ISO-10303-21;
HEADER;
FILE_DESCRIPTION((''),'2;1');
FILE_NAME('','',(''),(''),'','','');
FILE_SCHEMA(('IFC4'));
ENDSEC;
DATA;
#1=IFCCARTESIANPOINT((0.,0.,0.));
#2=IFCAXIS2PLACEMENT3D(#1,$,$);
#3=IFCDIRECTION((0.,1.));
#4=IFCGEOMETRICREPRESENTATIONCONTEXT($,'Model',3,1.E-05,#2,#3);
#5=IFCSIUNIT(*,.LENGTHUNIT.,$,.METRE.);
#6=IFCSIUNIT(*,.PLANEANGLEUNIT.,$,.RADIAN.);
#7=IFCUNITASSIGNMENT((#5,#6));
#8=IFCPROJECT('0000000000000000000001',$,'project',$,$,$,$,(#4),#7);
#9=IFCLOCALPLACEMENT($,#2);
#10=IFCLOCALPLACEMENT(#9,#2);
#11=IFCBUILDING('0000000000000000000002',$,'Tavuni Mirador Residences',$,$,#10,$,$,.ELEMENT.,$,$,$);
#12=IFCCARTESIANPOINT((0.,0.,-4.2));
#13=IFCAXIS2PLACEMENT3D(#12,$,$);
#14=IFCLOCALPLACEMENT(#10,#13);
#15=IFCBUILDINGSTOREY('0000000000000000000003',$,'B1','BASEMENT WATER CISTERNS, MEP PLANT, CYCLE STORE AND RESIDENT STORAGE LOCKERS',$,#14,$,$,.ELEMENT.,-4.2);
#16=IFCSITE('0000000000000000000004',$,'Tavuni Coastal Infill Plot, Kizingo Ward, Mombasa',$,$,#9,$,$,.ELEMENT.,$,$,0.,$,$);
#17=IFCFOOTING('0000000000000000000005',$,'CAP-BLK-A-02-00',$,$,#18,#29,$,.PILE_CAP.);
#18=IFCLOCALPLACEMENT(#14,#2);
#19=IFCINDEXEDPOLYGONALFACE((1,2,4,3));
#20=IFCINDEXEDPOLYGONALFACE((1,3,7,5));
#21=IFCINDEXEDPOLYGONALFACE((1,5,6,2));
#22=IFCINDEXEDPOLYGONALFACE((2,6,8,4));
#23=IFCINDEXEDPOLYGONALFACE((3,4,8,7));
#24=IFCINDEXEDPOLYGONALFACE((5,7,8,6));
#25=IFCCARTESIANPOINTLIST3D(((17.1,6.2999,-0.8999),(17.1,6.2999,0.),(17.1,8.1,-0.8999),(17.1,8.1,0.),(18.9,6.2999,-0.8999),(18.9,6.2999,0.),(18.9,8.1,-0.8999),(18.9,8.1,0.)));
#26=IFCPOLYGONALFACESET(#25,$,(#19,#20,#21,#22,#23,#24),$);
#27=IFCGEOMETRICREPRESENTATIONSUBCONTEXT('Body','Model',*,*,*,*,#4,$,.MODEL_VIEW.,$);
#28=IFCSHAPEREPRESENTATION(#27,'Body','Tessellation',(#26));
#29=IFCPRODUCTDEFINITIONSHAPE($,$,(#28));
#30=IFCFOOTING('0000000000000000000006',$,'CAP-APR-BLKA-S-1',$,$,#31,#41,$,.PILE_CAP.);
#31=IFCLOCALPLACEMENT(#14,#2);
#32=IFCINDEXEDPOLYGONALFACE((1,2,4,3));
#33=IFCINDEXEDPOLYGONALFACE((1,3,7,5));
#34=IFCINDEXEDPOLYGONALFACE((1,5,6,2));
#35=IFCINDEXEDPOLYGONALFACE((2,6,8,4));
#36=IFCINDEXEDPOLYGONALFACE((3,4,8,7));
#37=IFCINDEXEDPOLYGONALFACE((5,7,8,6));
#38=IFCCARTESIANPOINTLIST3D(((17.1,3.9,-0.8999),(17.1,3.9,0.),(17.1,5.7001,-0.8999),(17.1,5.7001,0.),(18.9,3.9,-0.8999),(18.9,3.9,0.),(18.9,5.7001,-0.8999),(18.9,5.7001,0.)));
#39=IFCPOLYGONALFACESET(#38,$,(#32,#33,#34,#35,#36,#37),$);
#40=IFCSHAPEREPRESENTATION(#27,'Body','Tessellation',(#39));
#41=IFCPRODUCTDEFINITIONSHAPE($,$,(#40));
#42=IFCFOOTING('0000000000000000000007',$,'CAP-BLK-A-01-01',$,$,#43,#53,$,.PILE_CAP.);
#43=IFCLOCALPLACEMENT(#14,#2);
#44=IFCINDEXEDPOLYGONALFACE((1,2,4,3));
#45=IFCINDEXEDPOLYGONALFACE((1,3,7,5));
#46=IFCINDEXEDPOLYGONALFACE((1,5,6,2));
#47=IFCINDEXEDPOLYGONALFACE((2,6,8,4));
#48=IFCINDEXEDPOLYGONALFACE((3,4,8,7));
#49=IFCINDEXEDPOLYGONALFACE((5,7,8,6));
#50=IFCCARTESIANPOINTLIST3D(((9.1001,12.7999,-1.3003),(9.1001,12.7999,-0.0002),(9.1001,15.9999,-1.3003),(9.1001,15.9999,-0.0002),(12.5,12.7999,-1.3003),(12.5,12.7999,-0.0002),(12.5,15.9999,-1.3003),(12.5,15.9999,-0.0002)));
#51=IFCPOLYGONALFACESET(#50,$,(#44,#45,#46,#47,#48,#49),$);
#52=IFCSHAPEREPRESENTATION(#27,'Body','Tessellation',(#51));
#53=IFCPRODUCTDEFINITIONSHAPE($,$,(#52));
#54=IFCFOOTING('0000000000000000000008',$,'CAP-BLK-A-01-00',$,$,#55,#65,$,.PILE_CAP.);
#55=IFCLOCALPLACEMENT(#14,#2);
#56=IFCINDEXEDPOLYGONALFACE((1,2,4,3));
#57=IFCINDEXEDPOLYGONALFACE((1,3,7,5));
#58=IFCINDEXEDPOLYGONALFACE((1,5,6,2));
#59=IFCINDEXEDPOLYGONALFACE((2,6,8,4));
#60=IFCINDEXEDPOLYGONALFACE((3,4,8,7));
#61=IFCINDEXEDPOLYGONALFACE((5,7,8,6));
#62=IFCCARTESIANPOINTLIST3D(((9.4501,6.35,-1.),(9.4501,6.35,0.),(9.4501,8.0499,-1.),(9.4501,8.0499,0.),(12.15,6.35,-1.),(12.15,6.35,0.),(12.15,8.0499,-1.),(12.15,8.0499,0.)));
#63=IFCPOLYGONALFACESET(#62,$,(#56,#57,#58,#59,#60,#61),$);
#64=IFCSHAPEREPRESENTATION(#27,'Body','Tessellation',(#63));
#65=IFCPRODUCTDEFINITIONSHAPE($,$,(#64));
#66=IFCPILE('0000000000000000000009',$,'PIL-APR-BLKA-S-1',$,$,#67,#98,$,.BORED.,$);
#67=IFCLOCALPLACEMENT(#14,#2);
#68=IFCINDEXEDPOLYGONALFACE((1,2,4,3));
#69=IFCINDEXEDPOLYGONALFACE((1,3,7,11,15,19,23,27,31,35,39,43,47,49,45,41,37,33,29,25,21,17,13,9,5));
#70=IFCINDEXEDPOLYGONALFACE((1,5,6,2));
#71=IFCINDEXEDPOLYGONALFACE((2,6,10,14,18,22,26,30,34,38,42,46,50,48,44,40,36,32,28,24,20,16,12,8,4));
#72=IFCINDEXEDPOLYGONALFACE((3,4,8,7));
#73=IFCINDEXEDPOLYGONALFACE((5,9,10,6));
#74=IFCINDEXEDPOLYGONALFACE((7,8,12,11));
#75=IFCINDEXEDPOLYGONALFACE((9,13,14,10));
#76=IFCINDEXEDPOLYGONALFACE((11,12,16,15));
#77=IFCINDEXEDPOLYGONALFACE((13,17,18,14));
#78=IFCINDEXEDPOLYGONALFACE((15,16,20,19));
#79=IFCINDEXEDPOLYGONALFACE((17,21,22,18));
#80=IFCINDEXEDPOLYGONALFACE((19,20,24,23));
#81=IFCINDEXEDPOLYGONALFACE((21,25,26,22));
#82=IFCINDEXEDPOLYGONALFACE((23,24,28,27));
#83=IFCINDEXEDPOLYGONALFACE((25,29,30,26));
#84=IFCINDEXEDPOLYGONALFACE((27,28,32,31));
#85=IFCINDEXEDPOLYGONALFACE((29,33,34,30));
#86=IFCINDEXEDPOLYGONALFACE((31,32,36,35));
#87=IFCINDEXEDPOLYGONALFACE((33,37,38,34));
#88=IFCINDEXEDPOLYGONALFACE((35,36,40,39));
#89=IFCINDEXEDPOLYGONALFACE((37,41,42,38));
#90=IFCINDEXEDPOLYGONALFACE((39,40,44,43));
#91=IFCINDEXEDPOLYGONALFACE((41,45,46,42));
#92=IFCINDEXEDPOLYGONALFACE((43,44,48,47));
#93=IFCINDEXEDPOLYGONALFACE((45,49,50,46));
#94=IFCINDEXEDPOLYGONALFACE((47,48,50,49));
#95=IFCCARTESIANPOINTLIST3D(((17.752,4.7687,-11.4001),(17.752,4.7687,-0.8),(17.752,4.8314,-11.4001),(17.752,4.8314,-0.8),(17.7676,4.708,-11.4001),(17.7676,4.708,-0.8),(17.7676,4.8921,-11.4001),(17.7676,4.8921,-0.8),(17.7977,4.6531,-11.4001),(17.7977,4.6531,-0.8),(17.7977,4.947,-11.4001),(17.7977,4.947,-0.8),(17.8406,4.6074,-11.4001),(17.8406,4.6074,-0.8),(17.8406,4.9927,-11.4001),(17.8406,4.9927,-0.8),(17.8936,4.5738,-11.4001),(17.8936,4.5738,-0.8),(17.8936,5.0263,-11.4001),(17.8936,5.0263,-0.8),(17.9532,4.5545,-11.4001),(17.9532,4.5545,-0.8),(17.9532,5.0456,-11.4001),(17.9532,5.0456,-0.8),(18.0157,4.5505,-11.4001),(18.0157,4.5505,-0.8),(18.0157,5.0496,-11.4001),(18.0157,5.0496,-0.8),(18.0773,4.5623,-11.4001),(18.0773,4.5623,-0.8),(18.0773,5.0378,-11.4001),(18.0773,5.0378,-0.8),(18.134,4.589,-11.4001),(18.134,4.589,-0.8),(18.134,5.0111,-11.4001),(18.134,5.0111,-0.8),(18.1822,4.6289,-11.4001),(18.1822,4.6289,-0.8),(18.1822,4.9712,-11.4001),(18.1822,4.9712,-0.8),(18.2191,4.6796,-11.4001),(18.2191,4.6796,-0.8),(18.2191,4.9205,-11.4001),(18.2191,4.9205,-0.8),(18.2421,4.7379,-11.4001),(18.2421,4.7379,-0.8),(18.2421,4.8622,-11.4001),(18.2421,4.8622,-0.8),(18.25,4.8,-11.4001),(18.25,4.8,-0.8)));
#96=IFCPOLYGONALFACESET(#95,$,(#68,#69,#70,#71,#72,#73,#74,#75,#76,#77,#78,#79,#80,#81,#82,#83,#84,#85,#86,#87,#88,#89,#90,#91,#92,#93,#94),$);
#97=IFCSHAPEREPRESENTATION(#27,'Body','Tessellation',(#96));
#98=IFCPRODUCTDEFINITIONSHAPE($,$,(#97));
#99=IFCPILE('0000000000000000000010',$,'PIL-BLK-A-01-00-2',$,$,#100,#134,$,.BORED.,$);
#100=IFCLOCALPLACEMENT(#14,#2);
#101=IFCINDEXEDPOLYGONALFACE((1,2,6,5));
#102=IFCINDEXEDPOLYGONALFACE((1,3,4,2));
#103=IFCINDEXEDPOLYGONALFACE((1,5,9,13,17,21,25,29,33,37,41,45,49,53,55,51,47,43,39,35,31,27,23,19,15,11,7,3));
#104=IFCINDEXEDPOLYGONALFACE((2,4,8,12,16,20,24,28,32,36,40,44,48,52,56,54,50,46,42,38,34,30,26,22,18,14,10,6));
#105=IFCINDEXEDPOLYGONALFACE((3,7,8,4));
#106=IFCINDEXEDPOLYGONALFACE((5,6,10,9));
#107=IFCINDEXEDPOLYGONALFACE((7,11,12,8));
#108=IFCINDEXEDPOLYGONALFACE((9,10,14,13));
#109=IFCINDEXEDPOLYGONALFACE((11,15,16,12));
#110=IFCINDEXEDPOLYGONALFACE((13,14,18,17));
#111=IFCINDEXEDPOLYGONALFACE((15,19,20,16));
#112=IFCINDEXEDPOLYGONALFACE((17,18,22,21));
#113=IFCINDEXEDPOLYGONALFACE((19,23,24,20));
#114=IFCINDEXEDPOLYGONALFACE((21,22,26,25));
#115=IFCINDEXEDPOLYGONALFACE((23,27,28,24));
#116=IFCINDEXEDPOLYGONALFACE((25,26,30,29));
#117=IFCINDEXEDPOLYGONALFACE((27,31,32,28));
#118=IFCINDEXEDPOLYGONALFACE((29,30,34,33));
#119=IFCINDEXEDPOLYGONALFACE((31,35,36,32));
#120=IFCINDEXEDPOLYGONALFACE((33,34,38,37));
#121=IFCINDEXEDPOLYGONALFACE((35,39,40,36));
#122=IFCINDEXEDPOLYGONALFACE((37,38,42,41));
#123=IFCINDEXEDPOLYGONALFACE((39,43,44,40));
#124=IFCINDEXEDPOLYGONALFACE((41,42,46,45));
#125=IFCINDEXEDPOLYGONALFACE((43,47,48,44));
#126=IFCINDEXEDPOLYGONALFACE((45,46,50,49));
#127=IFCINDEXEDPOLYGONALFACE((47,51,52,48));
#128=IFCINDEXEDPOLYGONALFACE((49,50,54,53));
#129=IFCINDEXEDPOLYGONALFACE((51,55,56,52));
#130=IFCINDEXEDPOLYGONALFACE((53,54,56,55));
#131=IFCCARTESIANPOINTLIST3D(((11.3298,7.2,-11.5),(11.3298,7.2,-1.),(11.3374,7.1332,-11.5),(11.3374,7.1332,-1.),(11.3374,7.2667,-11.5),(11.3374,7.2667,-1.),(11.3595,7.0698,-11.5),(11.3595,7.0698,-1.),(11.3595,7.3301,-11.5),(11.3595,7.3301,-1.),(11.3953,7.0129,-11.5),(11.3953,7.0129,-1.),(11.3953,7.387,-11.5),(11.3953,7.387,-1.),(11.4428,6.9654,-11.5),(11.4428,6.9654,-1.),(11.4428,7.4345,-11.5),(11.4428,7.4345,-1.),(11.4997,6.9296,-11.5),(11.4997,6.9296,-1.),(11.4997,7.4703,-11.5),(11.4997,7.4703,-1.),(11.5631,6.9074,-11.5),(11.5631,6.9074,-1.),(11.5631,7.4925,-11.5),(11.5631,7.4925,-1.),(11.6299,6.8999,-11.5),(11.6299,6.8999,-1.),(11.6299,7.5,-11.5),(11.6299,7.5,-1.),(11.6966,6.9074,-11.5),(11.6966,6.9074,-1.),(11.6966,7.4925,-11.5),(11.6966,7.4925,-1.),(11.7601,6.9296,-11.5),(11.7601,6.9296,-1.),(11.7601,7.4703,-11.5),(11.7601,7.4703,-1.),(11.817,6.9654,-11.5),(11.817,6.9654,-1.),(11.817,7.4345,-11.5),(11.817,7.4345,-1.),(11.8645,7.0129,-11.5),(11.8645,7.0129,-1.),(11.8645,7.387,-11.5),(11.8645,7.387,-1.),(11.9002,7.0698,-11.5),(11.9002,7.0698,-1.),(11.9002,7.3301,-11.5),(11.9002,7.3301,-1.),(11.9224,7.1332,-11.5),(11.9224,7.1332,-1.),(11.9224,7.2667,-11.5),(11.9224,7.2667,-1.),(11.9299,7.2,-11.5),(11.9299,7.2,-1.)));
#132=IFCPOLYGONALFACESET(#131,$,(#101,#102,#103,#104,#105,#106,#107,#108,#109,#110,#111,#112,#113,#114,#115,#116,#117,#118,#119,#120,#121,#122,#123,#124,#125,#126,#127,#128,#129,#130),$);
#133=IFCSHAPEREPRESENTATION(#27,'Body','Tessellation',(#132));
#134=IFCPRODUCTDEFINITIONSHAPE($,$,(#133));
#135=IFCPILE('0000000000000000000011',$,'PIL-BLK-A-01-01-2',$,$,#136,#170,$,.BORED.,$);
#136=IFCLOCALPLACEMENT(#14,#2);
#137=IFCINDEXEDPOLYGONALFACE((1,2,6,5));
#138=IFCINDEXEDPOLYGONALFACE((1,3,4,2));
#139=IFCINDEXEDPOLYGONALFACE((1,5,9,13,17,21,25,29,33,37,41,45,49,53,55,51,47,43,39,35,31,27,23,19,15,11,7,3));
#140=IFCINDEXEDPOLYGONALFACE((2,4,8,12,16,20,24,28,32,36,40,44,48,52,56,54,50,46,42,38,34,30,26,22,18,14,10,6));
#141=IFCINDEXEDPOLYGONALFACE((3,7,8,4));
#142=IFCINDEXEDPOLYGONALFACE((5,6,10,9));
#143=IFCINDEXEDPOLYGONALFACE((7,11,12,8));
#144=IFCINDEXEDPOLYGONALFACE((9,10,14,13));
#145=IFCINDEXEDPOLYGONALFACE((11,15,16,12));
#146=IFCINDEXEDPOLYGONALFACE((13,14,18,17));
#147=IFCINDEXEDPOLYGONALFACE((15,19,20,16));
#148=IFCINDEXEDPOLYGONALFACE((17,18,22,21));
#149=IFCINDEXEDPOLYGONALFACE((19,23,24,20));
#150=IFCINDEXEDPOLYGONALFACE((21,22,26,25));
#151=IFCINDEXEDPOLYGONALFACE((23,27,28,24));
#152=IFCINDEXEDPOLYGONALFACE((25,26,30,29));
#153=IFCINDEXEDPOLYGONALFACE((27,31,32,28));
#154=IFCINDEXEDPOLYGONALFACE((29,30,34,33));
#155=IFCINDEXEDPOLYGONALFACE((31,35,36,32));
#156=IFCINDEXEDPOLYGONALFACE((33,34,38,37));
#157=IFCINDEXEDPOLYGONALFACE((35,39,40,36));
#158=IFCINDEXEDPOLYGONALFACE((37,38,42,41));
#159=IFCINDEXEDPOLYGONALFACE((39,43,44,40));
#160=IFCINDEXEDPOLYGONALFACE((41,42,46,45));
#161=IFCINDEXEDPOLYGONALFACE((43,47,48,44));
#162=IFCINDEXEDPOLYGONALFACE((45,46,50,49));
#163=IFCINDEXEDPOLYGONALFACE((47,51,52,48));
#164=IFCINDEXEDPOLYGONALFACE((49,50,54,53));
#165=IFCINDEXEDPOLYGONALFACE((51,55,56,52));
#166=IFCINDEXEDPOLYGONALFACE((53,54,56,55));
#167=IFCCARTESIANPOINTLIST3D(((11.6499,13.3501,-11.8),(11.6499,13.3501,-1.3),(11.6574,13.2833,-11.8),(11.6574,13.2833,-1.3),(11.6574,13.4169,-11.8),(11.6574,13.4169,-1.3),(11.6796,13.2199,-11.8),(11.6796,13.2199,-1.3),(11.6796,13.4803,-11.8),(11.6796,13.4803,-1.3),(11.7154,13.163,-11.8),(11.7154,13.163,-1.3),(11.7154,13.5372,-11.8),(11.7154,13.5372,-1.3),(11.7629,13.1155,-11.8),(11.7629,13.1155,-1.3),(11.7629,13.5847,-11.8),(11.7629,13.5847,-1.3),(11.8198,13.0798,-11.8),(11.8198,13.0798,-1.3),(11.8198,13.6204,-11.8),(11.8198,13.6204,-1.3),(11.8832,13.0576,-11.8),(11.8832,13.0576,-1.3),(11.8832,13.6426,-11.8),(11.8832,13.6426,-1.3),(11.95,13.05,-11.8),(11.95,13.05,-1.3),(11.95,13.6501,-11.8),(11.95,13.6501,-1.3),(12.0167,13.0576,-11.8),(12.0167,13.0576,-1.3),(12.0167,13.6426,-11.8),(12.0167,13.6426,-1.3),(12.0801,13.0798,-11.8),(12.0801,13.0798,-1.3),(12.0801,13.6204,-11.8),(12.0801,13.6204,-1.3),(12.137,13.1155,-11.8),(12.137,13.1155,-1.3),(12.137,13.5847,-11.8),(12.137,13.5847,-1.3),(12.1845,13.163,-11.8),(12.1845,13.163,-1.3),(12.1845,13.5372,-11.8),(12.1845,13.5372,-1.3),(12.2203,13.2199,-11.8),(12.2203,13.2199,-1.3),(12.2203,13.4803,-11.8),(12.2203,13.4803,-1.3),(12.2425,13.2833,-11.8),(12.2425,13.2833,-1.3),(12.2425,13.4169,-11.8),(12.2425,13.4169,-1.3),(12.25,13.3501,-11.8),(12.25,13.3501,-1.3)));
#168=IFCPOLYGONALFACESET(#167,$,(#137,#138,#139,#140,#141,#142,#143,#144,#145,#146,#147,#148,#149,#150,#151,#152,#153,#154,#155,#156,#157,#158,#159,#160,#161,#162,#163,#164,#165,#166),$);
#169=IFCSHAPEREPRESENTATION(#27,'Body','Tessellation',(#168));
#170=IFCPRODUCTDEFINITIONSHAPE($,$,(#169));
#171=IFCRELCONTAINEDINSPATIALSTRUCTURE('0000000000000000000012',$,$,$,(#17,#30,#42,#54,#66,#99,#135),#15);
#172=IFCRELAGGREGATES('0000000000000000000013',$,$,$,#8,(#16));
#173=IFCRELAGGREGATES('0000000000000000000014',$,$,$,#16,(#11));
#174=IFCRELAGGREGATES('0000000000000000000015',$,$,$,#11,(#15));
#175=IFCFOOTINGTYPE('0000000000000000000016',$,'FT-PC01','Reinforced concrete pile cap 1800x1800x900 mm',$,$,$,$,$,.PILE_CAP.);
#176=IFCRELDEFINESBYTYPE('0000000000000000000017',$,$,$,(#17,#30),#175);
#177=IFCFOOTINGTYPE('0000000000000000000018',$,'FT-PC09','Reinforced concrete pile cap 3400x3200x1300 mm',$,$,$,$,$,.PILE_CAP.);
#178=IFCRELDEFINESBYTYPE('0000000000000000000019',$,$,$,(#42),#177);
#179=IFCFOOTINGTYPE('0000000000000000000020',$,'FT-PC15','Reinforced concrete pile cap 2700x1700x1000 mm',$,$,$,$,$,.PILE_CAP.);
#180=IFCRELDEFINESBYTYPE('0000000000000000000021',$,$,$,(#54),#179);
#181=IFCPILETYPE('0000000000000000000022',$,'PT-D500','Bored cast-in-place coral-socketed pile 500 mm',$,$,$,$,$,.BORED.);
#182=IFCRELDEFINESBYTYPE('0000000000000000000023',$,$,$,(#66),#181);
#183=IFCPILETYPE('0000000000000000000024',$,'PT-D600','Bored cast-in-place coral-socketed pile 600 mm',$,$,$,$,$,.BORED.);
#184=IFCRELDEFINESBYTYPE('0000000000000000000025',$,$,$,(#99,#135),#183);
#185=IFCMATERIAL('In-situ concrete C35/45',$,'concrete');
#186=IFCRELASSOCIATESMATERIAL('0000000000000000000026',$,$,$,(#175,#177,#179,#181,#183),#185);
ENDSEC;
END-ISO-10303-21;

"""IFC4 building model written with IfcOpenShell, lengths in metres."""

from ifc_helpers import new_model, si_unit, direction, frame, origin, origin_2d, place, context, subcontext, project, spatial, rectangle, circle, extrude, material, material_profile, profile_set, type_object, element, save


model = new_model("IFC4")

# Units and contexts
model_context = context("Model", 3, precision=1e-05, world=origin(), true_north=direction((0.0, 1.0)))
body_context = subcontext(model_context, "Body", "Model", "MODEL_VIEW")
ifc_project = project(units=[si_unit("LENGTHUNIT", "METRE"), si_unit("PLANEANGLEUNIT", "RADIAN")], contexts=[model_context])

# Site, building, storey
site_placement = place(None, origin())
site = spatial("IfcSite", under=ifc_project, at=site_placement, Name="Tavuni Coastal Infill Plot, Kizingo Ward, Mombasa", CompositionType="ELEMENT", RefElevation=0.0)
building_placement = place(site_placement, origin())
building = spatial("IfcBuilding", under=site, at=building_placement, Name="Tavuni Mirador Residences", CompositionType="ELEMENT")
storey_placement = place(building_placement, frame((0.0, 0.0, -4.2)))
storey = spatial("IfcBuildingStorey", under=building, at=storey_placement, Name="B1", Description="BASEMENT WATER CISTERNS, MEP PLANT, CYCLE STORE AND RESIDENT STORAGE LOCKERS", CompositionType="ELEMENT", Elevation=-4.2)

# Footings
ifc_material_1 = material(Name="In-situ concrete C35/45", Category="concrete")
footing_type_1 = type_object("IfcFootingType", Name="FT-PC01", Description="Reinforced concrete pile cap 1800x1800x900 mm", PredefinedType="PILE_CAP", material=ifc_material_1)
for number, where, z_axis, x_axis, name in (
    (1, (18.0, 7.2, -0.8999), (0.0, 0.0, 1.0), (1.0, 0.0, 0.0), "CAP-BLK-A-02-00"),
    (2, (18.0, 4.8, -0.8999), (0.0, 0.0, 1.0), (1.0, 0.0, 0.0), "CAP-APR-BLKA-S-1"),
):
    element("IfcFooting", number, at=place(storey_placement, frame(where, z_axis=z_axis, x_axis=x_axis)), inside=storey, type_object=footing_type_1, Name=name, PredefinedType="PILE_CAP", context=body_context, shape_type="SweptSolid", body=[
        extrude(rectangle(XDim=1.8, YDim=1.8, at=origin_2d()), origin(), (0.0, 0.0, 1.0), 0.8999),
    ])
footing_type_2 = type_object("IfcFootingType", Name="FT-PC09", Description="Reinforced concrete pile cap 3400x3200x1300 mm", PredefinedType="PILE_CAP", material=ifc_material_1)
footing_1_placement = place(storey_placement, frame((10.8, 14.3999, -1.3003), z_axis=(0.0, 0.0, 1.0), x_axis=(1.0, 0.0, 0.0)))
element("IfcFooting", 3, at=footing_1_placement, inside=storey, type_object=footing_type_2, Name="CAP-BLK-A-01-01", PredefinedType="PILE_CAP", context=body_context, shape_type="SweptSolid", body=[
    extrude(rectangle(XDim=3.3999, YDim=3.2, at=origin_2d()), origin(), (0.0, 0.0, 1.0), 1.3),
])
footing_type_3 = type_object("IfcFootingType", Name="FT-PC15", Description="Reinforced concrete pile cap 2700x1700x1000 mm", PredefinedType="PILE_CAP", material=ifc_material_1)
footing_2_placement = place(storey_placement, frame((10.8, 7.2, -1.0), z_axis=(0.0, 0.0, 1.0), x_axis=(1.0, 0.0, 0.0)))
element("IfcFooting", 4, at=footing_2_placement, inside=storey, type_object=footing_type_3, Name="CAP-BLK-A-01-00", PredefinedType="PILE_CAP", context=body_context, shape_type="SweptSolid", body=[
    extrude(rectangle(XDim=2.7, YDim=1.7, at=origin_2d()), origin(), (0.0, 0.0, 1.0), 1.0),
])

# Piles
ifc_material_profile_1 = material_profile(ifc_material_1, circle(Radius=0.25, at=origin_2d()), Name="PILE D500", Category="concrete")
ifc_profile_set_1 = profile_set([ifc_material_profile_1], Name="In-situ concrete C35/45")
pile_type_1 = type_object("IfcPileType", Name="PT-D500", Description="Bored cast-in-place coral-socketed pile 500 mm", PredefinedType="BORED", material=ifc_profile_set_1)
pile_1_placement = place(storey_placement, frame((18.0, 4.8, -0.8), z_axis=(0.0, 0.0, -1.0), x_axis=(1.0, 0.0, 0.0)))
element("IfcPile", 5, at=pile_1_placement, inside=storey, type_object=pile_type_1, Name="PIL-APR-BLKA-S-1", PredefinedType="BORED", context=body_context, shape_type="SweptSolid", body=[
    extrude(circle(Radius=0.25, at=origin_2d()), origin(), (0.0, 0.0, 1.0), 10.6001),
])
ifc_material_profile_2 = material_profile(ifc_material_1, circle(Radius=0.3, at=origin_2d()), Name="PILE D600", Category="concrete")
ifc_profile_set_2 = profile_set([ifc_material_profile_2], Name="In-situ concrete C35/45")
pile_type_2 = type_object("IfcPileType", Name="PT-D600", Description="Bored cast-in-place coral-socketed pile 600 mm", PredefinedType="BORED", material=ifc_profile_set_2)
for number, where, z_axis, x_axis, name in (
    (6, (11.6299, 7.2, -1.0), (0.0, 0.0, -1.0), (1.0, 0.0, 0.0), "PIL-BLK-A-01-00-2"),
    (7, (11.95, 13.3501, -1.3), (0.0, 0.0, -1.0), (1.0, 0.0, 0.0), "PIL-BLK-A-01-01-2"),
):
    element("IfcPile", number, at=place(storey_placement, frame(where, z_axis=z_axis, x_axis=x_axis)), inside=storey, type_object=pile_type_2, Name=name, PredefinedType="BORED", context=body_context, shape_type="SweptSolid", body=[
        extrude(circle(Radius=0.3, at=origin_2d()), origin(), (0.0, 0.0, 1.0), 10.5),
    ])

save(model, "model.ifc")
